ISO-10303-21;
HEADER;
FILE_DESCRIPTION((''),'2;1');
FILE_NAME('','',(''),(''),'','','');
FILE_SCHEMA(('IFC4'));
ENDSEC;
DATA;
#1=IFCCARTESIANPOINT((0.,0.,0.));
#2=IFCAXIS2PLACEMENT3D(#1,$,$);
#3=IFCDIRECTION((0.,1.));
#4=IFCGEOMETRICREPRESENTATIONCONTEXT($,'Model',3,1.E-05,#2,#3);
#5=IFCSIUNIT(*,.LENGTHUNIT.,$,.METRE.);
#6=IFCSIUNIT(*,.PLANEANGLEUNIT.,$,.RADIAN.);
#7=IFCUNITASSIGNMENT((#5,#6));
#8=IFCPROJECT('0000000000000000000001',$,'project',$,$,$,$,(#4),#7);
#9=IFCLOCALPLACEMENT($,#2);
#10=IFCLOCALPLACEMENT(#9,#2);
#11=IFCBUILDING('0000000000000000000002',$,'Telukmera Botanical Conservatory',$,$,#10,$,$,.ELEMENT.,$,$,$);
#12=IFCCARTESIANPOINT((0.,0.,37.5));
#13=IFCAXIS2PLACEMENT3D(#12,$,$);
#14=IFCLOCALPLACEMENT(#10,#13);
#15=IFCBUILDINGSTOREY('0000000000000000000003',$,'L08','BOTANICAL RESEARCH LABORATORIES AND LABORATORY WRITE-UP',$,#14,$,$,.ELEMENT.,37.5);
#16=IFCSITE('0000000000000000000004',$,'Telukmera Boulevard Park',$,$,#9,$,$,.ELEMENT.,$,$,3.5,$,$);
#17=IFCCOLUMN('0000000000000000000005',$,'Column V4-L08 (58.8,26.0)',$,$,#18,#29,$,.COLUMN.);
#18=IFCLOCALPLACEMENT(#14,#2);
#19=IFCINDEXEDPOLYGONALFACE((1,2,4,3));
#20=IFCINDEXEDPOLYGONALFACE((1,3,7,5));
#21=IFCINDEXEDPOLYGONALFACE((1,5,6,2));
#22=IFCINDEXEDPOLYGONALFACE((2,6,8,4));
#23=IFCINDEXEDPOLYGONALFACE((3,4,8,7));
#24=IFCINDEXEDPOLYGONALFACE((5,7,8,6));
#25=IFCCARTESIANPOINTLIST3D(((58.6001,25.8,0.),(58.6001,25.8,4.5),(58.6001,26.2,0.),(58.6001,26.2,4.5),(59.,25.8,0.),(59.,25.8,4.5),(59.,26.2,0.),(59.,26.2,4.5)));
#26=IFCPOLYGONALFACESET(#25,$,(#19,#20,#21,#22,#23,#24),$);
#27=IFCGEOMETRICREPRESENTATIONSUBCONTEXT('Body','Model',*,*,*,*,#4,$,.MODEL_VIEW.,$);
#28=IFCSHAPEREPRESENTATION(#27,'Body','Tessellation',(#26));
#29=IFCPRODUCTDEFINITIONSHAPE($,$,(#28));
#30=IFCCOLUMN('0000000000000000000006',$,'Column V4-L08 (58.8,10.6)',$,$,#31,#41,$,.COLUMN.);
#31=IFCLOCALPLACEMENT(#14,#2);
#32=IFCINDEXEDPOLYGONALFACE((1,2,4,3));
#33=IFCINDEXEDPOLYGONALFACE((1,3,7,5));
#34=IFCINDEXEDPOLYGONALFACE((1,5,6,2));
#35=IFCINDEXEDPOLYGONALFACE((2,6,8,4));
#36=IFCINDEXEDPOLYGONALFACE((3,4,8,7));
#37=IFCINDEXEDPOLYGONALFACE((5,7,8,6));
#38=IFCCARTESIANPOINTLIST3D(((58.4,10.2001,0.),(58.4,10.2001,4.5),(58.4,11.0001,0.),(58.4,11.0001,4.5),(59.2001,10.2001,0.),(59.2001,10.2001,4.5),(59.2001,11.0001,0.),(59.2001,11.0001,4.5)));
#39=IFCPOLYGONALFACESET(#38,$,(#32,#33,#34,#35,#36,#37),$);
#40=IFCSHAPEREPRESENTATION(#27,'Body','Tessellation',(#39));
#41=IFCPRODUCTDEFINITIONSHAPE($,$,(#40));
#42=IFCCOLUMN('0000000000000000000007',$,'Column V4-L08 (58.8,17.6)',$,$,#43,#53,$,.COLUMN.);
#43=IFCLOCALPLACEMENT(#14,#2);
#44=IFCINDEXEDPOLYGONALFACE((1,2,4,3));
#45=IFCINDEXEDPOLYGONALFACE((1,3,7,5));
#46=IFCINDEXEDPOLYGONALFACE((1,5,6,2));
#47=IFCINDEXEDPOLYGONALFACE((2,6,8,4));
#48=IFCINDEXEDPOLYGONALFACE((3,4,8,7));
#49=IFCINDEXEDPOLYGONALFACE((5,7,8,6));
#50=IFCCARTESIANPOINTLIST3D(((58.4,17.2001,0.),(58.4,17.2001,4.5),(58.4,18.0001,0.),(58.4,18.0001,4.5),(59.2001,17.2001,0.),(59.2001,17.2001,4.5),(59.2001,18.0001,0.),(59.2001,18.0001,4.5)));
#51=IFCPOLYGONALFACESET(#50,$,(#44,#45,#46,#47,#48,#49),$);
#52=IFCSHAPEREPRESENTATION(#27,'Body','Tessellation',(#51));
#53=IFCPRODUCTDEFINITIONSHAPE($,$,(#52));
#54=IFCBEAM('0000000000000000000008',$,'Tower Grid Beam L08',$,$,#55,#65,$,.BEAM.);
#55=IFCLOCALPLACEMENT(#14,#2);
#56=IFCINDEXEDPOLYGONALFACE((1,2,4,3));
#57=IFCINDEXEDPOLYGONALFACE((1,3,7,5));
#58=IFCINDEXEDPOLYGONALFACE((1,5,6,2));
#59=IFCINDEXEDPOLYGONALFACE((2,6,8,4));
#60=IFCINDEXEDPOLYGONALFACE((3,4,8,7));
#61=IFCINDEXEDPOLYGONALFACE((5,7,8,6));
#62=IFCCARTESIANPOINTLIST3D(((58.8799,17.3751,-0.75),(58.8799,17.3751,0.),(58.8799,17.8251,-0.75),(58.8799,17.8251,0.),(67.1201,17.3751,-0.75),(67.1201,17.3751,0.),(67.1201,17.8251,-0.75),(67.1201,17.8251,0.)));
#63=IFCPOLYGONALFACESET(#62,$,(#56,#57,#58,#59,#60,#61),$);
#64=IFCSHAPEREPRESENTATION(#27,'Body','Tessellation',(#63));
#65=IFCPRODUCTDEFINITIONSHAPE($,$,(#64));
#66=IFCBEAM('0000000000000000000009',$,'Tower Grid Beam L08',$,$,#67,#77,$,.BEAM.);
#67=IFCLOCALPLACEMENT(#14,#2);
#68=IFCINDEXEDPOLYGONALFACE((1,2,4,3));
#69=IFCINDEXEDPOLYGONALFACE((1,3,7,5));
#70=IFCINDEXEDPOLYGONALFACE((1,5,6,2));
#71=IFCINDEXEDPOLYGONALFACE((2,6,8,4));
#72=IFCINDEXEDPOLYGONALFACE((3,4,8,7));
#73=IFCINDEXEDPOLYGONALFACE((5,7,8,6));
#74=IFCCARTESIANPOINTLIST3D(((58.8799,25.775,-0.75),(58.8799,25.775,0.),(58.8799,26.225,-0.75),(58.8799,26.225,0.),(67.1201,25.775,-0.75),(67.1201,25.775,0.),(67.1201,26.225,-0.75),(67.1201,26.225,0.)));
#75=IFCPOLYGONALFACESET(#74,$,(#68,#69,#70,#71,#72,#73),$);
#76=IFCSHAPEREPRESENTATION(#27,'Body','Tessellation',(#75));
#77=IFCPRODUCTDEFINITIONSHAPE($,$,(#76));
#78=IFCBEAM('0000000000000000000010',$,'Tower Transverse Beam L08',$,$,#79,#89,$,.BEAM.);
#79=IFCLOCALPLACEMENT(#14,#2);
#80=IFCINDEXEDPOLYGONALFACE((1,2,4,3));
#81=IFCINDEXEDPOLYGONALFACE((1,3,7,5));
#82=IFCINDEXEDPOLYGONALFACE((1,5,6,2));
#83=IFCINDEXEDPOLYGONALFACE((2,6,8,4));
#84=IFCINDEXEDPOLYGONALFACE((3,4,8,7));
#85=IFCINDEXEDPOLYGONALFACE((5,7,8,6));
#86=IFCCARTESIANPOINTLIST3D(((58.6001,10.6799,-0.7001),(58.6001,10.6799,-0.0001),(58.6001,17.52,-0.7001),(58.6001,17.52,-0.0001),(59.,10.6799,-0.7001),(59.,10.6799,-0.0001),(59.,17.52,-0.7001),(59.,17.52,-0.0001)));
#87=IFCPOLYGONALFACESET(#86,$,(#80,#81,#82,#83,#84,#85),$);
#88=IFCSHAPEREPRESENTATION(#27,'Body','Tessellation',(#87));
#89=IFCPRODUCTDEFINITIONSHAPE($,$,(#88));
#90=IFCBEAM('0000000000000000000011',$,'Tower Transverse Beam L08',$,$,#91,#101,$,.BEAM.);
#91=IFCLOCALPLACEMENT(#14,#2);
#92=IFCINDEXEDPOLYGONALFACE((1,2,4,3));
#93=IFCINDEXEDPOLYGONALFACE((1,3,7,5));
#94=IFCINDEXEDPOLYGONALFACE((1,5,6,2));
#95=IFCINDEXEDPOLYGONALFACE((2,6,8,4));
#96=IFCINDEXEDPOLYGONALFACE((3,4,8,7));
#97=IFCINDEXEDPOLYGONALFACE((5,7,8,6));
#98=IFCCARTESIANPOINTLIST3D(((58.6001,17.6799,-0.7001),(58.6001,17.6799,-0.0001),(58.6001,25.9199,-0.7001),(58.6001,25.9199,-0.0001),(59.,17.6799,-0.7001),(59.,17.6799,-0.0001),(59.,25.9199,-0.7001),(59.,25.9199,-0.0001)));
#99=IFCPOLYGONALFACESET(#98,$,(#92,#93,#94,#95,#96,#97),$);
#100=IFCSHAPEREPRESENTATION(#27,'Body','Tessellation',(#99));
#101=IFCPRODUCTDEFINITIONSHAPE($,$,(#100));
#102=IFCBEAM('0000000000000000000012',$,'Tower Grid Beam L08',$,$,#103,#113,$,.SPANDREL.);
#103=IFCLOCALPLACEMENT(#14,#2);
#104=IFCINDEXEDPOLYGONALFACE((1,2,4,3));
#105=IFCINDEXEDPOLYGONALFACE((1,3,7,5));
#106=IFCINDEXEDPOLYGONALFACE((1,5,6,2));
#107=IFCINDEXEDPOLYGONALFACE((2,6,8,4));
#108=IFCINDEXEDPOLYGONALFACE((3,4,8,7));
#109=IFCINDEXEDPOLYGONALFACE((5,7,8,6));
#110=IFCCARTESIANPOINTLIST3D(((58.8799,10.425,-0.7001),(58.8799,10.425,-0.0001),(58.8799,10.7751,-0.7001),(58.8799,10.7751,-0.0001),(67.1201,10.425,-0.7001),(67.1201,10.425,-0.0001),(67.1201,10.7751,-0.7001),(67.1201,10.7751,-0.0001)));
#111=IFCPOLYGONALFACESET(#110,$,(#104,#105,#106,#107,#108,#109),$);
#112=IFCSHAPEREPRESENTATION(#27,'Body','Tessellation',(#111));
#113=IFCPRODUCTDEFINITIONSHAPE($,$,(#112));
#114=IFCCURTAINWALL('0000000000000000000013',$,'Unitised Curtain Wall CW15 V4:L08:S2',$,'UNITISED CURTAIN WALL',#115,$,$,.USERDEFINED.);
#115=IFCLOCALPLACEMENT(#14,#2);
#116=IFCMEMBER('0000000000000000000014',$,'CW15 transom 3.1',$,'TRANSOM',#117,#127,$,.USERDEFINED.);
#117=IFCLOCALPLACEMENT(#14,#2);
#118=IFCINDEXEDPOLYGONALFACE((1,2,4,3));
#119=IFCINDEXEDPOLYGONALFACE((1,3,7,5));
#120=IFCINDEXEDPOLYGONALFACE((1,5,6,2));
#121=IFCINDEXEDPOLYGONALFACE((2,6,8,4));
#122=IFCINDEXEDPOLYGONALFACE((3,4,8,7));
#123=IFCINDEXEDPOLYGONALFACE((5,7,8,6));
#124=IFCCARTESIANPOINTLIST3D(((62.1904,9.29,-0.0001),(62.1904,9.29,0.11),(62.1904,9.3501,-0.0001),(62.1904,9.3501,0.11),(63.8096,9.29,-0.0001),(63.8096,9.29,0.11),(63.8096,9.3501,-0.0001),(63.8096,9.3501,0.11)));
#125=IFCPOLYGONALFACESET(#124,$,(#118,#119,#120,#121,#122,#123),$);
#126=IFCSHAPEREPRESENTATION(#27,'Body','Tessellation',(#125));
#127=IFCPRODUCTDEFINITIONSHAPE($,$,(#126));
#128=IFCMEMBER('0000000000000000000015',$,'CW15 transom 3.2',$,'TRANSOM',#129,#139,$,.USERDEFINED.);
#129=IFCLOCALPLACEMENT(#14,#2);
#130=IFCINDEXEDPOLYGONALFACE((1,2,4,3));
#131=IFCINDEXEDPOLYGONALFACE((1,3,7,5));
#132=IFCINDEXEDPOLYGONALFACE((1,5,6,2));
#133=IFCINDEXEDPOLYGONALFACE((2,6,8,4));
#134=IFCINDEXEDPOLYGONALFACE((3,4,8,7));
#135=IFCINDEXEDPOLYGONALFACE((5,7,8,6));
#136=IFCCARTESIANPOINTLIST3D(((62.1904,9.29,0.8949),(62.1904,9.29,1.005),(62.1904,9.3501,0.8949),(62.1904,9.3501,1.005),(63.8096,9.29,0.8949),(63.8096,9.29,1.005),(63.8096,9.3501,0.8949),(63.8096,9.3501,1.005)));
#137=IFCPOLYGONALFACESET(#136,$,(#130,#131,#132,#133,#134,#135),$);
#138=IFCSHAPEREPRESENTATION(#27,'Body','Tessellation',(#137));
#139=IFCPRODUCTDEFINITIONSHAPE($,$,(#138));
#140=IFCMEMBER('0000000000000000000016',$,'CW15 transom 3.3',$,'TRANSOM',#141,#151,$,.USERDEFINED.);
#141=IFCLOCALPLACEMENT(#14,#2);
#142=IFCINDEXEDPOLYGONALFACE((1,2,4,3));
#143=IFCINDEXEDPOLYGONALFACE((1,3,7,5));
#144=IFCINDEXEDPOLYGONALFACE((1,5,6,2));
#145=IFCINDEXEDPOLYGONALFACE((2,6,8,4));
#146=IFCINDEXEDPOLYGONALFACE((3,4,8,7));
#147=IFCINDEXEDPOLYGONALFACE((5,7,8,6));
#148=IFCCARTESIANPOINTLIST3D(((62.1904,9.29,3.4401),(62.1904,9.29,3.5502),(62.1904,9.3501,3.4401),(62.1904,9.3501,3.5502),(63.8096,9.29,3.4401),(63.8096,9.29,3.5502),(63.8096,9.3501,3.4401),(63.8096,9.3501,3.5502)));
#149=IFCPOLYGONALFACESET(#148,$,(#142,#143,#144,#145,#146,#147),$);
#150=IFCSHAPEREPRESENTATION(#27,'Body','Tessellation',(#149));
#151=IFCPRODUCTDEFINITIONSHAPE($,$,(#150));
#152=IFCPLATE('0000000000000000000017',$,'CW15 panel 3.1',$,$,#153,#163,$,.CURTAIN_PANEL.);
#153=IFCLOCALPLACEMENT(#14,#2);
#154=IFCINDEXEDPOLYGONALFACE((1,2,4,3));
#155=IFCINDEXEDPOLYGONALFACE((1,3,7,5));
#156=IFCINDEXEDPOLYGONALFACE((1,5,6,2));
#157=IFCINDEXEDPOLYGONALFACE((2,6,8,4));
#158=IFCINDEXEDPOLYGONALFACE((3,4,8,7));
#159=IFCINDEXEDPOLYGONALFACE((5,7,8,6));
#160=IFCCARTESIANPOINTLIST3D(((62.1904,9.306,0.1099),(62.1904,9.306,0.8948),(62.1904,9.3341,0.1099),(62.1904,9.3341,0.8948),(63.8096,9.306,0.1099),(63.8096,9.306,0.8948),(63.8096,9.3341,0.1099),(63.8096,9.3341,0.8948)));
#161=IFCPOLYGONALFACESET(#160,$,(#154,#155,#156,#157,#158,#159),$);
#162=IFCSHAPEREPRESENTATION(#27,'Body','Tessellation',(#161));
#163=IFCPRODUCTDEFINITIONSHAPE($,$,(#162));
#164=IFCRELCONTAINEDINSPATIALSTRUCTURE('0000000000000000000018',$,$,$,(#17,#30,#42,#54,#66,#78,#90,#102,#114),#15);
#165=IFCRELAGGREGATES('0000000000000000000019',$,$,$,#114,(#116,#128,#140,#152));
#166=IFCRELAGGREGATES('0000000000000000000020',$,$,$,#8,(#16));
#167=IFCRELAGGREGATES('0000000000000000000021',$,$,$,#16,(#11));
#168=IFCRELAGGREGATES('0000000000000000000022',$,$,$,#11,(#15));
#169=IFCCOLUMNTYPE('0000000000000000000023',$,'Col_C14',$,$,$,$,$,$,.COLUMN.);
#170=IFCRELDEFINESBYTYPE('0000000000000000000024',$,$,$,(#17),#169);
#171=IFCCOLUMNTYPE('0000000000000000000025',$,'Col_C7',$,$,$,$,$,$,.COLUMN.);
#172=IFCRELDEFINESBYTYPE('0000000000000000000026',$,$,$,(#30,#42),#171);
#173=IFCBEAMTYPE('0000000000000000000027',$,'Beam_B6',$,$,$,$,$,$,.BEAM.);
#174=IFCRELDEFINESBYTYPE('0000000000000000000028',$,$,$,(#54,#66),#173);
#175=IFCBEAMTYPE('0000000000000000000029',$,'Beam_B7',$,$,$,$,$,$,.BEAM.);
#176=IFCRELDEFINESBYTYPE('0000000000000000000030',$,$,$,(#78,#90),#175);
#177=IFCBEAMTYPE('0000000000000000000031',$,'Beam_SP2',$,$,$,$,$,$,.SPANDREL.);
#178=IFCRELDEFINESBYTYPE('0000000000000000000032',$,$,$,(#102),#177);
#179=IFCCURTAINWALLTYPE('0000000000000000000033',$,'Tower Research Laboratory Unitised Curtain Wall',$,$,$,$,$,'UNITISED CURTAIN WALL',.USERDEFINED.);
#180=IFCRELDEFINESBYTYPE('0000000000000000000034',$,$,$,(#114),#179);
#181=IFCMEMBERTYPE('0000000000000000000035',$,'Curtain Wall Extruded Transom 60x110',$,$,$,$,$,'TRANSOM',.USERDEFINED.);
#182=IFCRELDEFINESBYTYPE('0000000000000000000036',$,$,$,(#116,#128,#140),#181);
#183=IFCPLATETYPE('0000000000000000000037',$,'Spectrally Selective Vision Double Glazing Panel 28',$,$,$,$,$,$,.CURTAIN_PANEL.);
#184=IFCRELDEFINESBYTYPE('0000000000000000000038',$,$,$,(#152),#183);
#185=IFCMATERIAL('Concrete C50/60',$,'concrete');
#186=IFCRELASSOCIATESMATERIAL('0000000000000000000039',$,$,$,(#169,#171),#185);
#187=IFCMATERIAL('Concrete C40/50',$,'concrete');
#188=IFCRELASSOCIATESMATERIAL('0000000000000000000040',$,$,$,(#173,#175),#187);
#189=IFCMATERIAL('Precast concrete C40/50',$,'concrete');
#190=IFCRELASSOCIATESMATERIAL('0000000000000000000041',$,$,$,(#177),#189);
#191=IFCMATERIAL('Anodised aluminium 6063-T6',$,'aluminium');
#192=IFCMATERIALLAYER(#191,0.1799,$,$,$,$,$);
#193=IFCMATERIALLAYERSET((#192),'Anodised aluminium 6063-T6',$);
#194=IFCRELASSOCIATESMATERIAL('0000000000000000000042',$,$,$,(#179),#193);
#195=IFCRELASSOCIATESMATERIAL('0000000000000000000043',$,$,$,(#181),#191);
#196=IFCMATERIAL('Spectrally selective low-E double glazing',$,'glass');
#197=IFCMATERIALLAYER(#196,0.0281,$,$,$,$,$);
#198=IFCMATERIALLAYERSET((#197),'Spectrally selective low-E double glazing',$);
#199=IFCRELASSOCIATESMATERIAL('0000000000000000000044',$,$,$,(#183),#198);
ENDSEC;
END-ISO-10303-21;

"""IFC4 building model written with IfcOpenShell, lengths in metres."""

from ifc_helpers import new_model, si_unit, direction, frame, origin, origin_2d, place, context, subcontext, project, spatial, rectangle, extrude, material, layer, layer_set, material_profile, profile_set, type_object, element, aggregate, save


model = new_model("IFC4")

# Units and contexts
model_context = context("Model", 3, precision=1e-05, world=origin(), true_north=direction((0.0, 1.0)))
body_context = subcontext(model_context, "Body", "Model", "MODEL_VIEW")
ifc_project = project(units=[si_unit("LENGTHUNIT", "METRE"), si_unit("PLANEANGLEUNIT", "RADIAN")], contexts=[model_context])

# Site, building, storey
site_placement = place(None, origin())
site = spatial("IfcSite", under=ifc_project, at=site_placement, Name="Telukmera Boulevard Park", CompositionType="ELEMENT", RefElevation=3.5)
building_placement = place(site_placement, origin())
building = spatial("IfcBuilding", under=site, at=building_placement, Name="Telukmera Botanical Conservatory", CompositionType="ELEMENT")
storey_placement = place(building_placement, frame((0.0, 0.0, 37.5)))
storey = spatial("IfcBuildingStorey", under=building, at=storey_placement, Name="L08", Description="BOTANICAL RESEARCH LABORATORIES AND LABORATORY WRITE-UP", CompositionType="ELEMENT", Elevation=37.5)

# Columns
ifc_material_1 = material(Name="Concrete C50/60", Category="concrete")
ifc_material_profile_1 = material_profile(ifc_material_1, rectangle(XDim=0.3999, YDim=0.3999, at=origin_2d()), Name="RC 400x400")
ifc_profile_set_1 = profile_set([ifc_material_profile_1], Name="Concrete C50/60")
column_type_1 = type_object("IfcColumnType", Name="Col_C14", PredefinedType="COLUMN", material=ifc_profile_set_1)
column_placement = place(storey_placement, frame((58.8, 26.0, 0.0), z_axis=(0.0, 0.0, 1.0), x_axis=(1.0, 0.0, 0.0)))
element("IfcColumn", 1, at=column_placement, inside=storey, type_object=column_type_1, Name="Column V4-L08 (58.8,26.0)", PredefinedType="COLUMN", context=body_context, shape_type="SweptSolid", body=[
    extrude(rectangle(XDim=0.3999, YDim=0.3999, at=origin_2d()), origin(), (0.0, 0.0, 1.0), 4.5),
])
ifc_material_profile_2 = material_profile(ifc_material_1, rectangle(XDim=0.8, YDim=0.8, at=origin_2d()), Name="RC 800x800")
ifc_profile_set_2 = profile_set([ifc_material_profile_2], Name="Concrete C50/60")
column_type_2 = type_object("IfcColumnType", Name="Col_C7", PredefinedType="COLUMN", material=ifc_profile_set_2)
for number, where, z_axis, x_axis, name in (
    (2, (58.8, 10.6001, 0.0), (0.0, 0.0, 1.0), (1.0, 0.0, 0.0), "Column V4-L08 (58.8,10.6)"),
    (3, (58.8, 17.6001, 0.0), (0.0, 0.0, 1.0), (1.0, 0.0, 0.0), "Column V4-L08 (58.8,17.6)"),
):
    element("IfcColumn", number, at=place(storey_placement, frame(where, z_axis=z_axis, x_axis=x_axis)), inside=storey, type_object=column_type_2, Name=name, PredefinedType="COLUMN", context=body_context, shape_type="SweptSolid", body=[
        extrude(rectangle(XDim=0.8, YDim=0.8, at=origin_2d()), origin(), (0.0, 0.0, 1.0), 4.5),
    ])

# Beams
ifc_material_2 = material(Name="Concrete C40/50", Category="concrete")
ifc_material_profile_3 = material_profile(ifc_material_2, rectangle(XDim=0.45, YDim=0.75, at=origin_2d()), Name="RC 450x750")
ifc_profile_set_3 = profile_set([ifc_material_profile_3], Name="Concrete C40/50")
beam_type_1 = type_object("IfcBeamType", Name="Beam_B6", PredefinedType="BEAM", material=ifc_profile_set_3)
for number, where, z_axis, x_axis, name in (
    (4, (58.8799, 17.6001, -0.375), (1.0, 0.0, 0.0), (0.0, 1.0, 0.0), "Tower Grid Beam L08"),
    (5, (58.8799, 26.0, -0.375), (1.0, 0.0, 0.0), (0.0, 1.0, 0.0), "Tower Grid Beam L08"),
):
    element("IfcBeam", number, at=place(storey_placement, frame(where, z_axis=z_axis, x_axis=x_axis)), inside=storey, type_object=beam_type_1, Name=name, PredefinedType="BEAM", context=body_context, shape_type="SweptSolid", body=[
        extrude(rectangle(XDim=0.45, YDim=0.75, at=origin_2d()), origin(), (0.0, 0.0, 1.0), 8.2402),
    ])
ifc_material_profile_4 = material_profile(ifc_material_2, rectangle(XDim=0.3999, YDim=0.7, at=origin_2d()), Name="RC 400x700")
ifc_profile_set_4 = profile_set([ifc_material_profile_4], Name="Concrete C40/50")
beam_type_2 = type_object("IfcBeamType", Name="Beam_B7", PredefinedType="BEAM", material=ifc_profile_set_4)
beam_1_placement = place(storey_placement, frame((58.8, 10.6799, -0.3501), z_axis=(0.0, 1.0, 0.0), x_axis=(-1.0, 0.0, 0.0)))
element("IfcBeam", 6, at=beam_1_placement, inside=storey, type_object=beam_type_2, Name="Tower Transverse Beam L08", PredefinedType="BEAM", context=body_context, shape_type="SweptSolid", body=[
    extrude(rectangle(XDim=0.3999, YDim=0.7, at=origin_2d()), origin(), (0.0, 0.0, 1.0), 6.8401),
])
beam_2_placement = place(storey_placement, frame((58.8, 17.6799, -0.3501), z_axis=(0.0, 1.0, 0.0), x_axis=(-1.0, 0.0, 0.0)))
element("IfcBeam", 7, at=beam_2_placement, inside=storey, type_object=beam_type_2, Name="Tower Transverse Beam L08", PredefinedType="BEAM", context=body_context, shape_type="SweptSolid", body=[
    extrude(rectangle(XDim=0.3999, YDim=0.7, at=origin_2d()), origin(), (0.0, 0.0, 1.0), 8.24),
])
ifc_material_3 = material(Name="Precast concrete C40/50", Category="concrete")
ifc_material_profile_5 = material_profile(ifc_material_3, rectangle(XDim=0.3501, YDim=0.7, at=origin_2d()), Name="PC 350x700")
ifc_profile_set_5 = profile_set([ifc_material_profile_5], Name="Precast concrete C40/50")
beam_type_3 = type_object("IfcBeamType", Name="Beam_SP2", PredefinedType="SPANDREL", material=ifc_profile_set_5)
beam_3_placement = place(storey_placement, frame((58.8799, 10.6001, -0.3501), z_axis=(1.0, 0.0, 0.0), x_axis=(0.0, 1.0, 0.0)))
element("IfcBeam", 8, at=beam_3_placement, inside=storey, type_object=beam_type_3, Name="Tower Grid Beam L08", PredefinedType="SPANDREL", context=body_context, shape_type="SweptSolid", body=[
    extrude(rectangle(XDim=0.3501, YDim=0.7, at=origin_2d()), origin(), (0.0, 0.0, 1.0), 8.2402),
])

# Curtain wall, members, plate
ifc_material_4 = material(Name="Anodised aluminium 6063-T6", Category="aluminium")
ifc_layer_1 = layer(ifc_material_4, 0.1799)
ifc_layer_set_1 = layer_set([ifc_layer_1], Name="Anodised aluminium 6063-T6")
curtain_wall_type = type_object("IfcCurtainWallType", Name="Tower Research Laboratory Unitised Curtain Wall", ElementType="UNITISED CURTAIN WALL", PredefinedType="USERDEFINED", material=ifc_layer_set_1)
curtain_wall_placement = place(storey_placement, origin())
curtain_wall = element("IfcCurtainWall", 9, at=curtain_wall_placement, inside=storey, type_object=curtain_wall_type, Name="Unitised Curtain Wall CW15 V4:L08:S2", ObjectType="UNITISED CURTAIN WALL", PredefinedType="USERDEFINED")
ifc_material_profile_6 = material_profile(ifc_material_4, rectangle(XDim=0.0601, YDim=0.1101, at=origin_2d()), Name="ALU TRAN 60x110")
ifc_profile_set_6 = profile_set([ifc_material_profile_6], Name="Anodised aluminium 6063-T6")
member_type = type_object("IfcMemberType", Name="Curtain Wall Extruded Transom 60x110", ElementType="TRANSOM", PredefinedType="USERDEFINED", material=ifc_profile_set_6)
member_1_placement = place(storey_placement, frame((62.1904, 9.3201, 0.0549), z_axis=(1.0, 0.0, 0.0), x_axis=(0.0, 1.0, 0.0)))
member_1 = element("IfcMember", 10, at=member_1_placement, type_object=member_type, Name="CW15 transom 3.1", ObjectType="TRANSOM", PredefinedType="USERDEFINED", context=body_context, shape_type="SweptSolid", body=[
    extrude(rectangle(XDim=0.0601, YDim=0.1101, at=origin_2d()), origin(), (0.0, 0.0, 1.0), 1.6191),
])
member_2_placement = place(storey_placement, frame((62.1904, 9.3201, 0.95), z_axis=(1.0, 0.0, 0.0), x_axis=(0.0, 1.0, 0.0)))
member_2 = element("IfcMember", 11, at=member_2_placement, type_object=member_type, Name="CW15 transom 3.2", ObjectType="TRANSOM", PredefinedType="USERDEFINED", context=body_context, shape_type="SweptSolid", body=[
    extrude(rectangle(XDim=0.0601, YDim=0.1101, at=origin_2d()), origin(), (0.0, 0.0, 1.0), 1.6191),
])
member_3_placement = place(storey_placement, frame((62.1904, 9.3201, 3.4951), z_axis=(1.0, 0.0, 0.0), x_axis=(0.0, 1.0, 0.0)))
member_3 = element("IfcMember", 12, at=member_3_placement, type_object=member_type, Name="CW15 transom 3.3", ObjectType="TRANSOM", PredefinedType="USERDEFINED", context=body_context, shape_type="SweptSolid", body=[
    extrude(rectangle(XDim=0.0601, YDim=0.1101, at=origin_2d()), origin(), (0.0, 0.0, 1.0), 1.6191),
])
ifc_material_5 = material(Name="Spectrally selective low-E double glazing", Category="glass")
ifc_layer_2 = layer(ifc_material_5, 0.0281)
ifc_layer_set_2 = layer_set([ifc_layer_2], Name="Spectrally selective low-E double glazing")
plate_type = type_object("IfcPlateType", Name="Spectrally Selective Vision Double Glazing Panel 28", PredefinedType="CURTAIN_PANEL", material=ifc_layer_set_2)
plate_placement = place(storey_placement, frame((63.0, 9.3201, 0.1099), z_axis=(0.0, 0.0, 1.0), x_axis=(1.0, 0.0, 0.0)))
plate = element("IfcPlate", 13, at=plate_placement, type_object=plate_type, Name="CW15 panel 3.1", PredefinedType="CURTAIN_PANEL", context=body_context, shape_type="SweptSolid", body=[
    extrude(rectangle(XDim=1.6191, YDim=0.0281, at=origin_2d()), origin(), (0.0, 0.0, 1.0), 0.7849),
])
aggregate(curtain_wall, [member_1, member_2, member_3, plate])

save(model, "model.ifc")
